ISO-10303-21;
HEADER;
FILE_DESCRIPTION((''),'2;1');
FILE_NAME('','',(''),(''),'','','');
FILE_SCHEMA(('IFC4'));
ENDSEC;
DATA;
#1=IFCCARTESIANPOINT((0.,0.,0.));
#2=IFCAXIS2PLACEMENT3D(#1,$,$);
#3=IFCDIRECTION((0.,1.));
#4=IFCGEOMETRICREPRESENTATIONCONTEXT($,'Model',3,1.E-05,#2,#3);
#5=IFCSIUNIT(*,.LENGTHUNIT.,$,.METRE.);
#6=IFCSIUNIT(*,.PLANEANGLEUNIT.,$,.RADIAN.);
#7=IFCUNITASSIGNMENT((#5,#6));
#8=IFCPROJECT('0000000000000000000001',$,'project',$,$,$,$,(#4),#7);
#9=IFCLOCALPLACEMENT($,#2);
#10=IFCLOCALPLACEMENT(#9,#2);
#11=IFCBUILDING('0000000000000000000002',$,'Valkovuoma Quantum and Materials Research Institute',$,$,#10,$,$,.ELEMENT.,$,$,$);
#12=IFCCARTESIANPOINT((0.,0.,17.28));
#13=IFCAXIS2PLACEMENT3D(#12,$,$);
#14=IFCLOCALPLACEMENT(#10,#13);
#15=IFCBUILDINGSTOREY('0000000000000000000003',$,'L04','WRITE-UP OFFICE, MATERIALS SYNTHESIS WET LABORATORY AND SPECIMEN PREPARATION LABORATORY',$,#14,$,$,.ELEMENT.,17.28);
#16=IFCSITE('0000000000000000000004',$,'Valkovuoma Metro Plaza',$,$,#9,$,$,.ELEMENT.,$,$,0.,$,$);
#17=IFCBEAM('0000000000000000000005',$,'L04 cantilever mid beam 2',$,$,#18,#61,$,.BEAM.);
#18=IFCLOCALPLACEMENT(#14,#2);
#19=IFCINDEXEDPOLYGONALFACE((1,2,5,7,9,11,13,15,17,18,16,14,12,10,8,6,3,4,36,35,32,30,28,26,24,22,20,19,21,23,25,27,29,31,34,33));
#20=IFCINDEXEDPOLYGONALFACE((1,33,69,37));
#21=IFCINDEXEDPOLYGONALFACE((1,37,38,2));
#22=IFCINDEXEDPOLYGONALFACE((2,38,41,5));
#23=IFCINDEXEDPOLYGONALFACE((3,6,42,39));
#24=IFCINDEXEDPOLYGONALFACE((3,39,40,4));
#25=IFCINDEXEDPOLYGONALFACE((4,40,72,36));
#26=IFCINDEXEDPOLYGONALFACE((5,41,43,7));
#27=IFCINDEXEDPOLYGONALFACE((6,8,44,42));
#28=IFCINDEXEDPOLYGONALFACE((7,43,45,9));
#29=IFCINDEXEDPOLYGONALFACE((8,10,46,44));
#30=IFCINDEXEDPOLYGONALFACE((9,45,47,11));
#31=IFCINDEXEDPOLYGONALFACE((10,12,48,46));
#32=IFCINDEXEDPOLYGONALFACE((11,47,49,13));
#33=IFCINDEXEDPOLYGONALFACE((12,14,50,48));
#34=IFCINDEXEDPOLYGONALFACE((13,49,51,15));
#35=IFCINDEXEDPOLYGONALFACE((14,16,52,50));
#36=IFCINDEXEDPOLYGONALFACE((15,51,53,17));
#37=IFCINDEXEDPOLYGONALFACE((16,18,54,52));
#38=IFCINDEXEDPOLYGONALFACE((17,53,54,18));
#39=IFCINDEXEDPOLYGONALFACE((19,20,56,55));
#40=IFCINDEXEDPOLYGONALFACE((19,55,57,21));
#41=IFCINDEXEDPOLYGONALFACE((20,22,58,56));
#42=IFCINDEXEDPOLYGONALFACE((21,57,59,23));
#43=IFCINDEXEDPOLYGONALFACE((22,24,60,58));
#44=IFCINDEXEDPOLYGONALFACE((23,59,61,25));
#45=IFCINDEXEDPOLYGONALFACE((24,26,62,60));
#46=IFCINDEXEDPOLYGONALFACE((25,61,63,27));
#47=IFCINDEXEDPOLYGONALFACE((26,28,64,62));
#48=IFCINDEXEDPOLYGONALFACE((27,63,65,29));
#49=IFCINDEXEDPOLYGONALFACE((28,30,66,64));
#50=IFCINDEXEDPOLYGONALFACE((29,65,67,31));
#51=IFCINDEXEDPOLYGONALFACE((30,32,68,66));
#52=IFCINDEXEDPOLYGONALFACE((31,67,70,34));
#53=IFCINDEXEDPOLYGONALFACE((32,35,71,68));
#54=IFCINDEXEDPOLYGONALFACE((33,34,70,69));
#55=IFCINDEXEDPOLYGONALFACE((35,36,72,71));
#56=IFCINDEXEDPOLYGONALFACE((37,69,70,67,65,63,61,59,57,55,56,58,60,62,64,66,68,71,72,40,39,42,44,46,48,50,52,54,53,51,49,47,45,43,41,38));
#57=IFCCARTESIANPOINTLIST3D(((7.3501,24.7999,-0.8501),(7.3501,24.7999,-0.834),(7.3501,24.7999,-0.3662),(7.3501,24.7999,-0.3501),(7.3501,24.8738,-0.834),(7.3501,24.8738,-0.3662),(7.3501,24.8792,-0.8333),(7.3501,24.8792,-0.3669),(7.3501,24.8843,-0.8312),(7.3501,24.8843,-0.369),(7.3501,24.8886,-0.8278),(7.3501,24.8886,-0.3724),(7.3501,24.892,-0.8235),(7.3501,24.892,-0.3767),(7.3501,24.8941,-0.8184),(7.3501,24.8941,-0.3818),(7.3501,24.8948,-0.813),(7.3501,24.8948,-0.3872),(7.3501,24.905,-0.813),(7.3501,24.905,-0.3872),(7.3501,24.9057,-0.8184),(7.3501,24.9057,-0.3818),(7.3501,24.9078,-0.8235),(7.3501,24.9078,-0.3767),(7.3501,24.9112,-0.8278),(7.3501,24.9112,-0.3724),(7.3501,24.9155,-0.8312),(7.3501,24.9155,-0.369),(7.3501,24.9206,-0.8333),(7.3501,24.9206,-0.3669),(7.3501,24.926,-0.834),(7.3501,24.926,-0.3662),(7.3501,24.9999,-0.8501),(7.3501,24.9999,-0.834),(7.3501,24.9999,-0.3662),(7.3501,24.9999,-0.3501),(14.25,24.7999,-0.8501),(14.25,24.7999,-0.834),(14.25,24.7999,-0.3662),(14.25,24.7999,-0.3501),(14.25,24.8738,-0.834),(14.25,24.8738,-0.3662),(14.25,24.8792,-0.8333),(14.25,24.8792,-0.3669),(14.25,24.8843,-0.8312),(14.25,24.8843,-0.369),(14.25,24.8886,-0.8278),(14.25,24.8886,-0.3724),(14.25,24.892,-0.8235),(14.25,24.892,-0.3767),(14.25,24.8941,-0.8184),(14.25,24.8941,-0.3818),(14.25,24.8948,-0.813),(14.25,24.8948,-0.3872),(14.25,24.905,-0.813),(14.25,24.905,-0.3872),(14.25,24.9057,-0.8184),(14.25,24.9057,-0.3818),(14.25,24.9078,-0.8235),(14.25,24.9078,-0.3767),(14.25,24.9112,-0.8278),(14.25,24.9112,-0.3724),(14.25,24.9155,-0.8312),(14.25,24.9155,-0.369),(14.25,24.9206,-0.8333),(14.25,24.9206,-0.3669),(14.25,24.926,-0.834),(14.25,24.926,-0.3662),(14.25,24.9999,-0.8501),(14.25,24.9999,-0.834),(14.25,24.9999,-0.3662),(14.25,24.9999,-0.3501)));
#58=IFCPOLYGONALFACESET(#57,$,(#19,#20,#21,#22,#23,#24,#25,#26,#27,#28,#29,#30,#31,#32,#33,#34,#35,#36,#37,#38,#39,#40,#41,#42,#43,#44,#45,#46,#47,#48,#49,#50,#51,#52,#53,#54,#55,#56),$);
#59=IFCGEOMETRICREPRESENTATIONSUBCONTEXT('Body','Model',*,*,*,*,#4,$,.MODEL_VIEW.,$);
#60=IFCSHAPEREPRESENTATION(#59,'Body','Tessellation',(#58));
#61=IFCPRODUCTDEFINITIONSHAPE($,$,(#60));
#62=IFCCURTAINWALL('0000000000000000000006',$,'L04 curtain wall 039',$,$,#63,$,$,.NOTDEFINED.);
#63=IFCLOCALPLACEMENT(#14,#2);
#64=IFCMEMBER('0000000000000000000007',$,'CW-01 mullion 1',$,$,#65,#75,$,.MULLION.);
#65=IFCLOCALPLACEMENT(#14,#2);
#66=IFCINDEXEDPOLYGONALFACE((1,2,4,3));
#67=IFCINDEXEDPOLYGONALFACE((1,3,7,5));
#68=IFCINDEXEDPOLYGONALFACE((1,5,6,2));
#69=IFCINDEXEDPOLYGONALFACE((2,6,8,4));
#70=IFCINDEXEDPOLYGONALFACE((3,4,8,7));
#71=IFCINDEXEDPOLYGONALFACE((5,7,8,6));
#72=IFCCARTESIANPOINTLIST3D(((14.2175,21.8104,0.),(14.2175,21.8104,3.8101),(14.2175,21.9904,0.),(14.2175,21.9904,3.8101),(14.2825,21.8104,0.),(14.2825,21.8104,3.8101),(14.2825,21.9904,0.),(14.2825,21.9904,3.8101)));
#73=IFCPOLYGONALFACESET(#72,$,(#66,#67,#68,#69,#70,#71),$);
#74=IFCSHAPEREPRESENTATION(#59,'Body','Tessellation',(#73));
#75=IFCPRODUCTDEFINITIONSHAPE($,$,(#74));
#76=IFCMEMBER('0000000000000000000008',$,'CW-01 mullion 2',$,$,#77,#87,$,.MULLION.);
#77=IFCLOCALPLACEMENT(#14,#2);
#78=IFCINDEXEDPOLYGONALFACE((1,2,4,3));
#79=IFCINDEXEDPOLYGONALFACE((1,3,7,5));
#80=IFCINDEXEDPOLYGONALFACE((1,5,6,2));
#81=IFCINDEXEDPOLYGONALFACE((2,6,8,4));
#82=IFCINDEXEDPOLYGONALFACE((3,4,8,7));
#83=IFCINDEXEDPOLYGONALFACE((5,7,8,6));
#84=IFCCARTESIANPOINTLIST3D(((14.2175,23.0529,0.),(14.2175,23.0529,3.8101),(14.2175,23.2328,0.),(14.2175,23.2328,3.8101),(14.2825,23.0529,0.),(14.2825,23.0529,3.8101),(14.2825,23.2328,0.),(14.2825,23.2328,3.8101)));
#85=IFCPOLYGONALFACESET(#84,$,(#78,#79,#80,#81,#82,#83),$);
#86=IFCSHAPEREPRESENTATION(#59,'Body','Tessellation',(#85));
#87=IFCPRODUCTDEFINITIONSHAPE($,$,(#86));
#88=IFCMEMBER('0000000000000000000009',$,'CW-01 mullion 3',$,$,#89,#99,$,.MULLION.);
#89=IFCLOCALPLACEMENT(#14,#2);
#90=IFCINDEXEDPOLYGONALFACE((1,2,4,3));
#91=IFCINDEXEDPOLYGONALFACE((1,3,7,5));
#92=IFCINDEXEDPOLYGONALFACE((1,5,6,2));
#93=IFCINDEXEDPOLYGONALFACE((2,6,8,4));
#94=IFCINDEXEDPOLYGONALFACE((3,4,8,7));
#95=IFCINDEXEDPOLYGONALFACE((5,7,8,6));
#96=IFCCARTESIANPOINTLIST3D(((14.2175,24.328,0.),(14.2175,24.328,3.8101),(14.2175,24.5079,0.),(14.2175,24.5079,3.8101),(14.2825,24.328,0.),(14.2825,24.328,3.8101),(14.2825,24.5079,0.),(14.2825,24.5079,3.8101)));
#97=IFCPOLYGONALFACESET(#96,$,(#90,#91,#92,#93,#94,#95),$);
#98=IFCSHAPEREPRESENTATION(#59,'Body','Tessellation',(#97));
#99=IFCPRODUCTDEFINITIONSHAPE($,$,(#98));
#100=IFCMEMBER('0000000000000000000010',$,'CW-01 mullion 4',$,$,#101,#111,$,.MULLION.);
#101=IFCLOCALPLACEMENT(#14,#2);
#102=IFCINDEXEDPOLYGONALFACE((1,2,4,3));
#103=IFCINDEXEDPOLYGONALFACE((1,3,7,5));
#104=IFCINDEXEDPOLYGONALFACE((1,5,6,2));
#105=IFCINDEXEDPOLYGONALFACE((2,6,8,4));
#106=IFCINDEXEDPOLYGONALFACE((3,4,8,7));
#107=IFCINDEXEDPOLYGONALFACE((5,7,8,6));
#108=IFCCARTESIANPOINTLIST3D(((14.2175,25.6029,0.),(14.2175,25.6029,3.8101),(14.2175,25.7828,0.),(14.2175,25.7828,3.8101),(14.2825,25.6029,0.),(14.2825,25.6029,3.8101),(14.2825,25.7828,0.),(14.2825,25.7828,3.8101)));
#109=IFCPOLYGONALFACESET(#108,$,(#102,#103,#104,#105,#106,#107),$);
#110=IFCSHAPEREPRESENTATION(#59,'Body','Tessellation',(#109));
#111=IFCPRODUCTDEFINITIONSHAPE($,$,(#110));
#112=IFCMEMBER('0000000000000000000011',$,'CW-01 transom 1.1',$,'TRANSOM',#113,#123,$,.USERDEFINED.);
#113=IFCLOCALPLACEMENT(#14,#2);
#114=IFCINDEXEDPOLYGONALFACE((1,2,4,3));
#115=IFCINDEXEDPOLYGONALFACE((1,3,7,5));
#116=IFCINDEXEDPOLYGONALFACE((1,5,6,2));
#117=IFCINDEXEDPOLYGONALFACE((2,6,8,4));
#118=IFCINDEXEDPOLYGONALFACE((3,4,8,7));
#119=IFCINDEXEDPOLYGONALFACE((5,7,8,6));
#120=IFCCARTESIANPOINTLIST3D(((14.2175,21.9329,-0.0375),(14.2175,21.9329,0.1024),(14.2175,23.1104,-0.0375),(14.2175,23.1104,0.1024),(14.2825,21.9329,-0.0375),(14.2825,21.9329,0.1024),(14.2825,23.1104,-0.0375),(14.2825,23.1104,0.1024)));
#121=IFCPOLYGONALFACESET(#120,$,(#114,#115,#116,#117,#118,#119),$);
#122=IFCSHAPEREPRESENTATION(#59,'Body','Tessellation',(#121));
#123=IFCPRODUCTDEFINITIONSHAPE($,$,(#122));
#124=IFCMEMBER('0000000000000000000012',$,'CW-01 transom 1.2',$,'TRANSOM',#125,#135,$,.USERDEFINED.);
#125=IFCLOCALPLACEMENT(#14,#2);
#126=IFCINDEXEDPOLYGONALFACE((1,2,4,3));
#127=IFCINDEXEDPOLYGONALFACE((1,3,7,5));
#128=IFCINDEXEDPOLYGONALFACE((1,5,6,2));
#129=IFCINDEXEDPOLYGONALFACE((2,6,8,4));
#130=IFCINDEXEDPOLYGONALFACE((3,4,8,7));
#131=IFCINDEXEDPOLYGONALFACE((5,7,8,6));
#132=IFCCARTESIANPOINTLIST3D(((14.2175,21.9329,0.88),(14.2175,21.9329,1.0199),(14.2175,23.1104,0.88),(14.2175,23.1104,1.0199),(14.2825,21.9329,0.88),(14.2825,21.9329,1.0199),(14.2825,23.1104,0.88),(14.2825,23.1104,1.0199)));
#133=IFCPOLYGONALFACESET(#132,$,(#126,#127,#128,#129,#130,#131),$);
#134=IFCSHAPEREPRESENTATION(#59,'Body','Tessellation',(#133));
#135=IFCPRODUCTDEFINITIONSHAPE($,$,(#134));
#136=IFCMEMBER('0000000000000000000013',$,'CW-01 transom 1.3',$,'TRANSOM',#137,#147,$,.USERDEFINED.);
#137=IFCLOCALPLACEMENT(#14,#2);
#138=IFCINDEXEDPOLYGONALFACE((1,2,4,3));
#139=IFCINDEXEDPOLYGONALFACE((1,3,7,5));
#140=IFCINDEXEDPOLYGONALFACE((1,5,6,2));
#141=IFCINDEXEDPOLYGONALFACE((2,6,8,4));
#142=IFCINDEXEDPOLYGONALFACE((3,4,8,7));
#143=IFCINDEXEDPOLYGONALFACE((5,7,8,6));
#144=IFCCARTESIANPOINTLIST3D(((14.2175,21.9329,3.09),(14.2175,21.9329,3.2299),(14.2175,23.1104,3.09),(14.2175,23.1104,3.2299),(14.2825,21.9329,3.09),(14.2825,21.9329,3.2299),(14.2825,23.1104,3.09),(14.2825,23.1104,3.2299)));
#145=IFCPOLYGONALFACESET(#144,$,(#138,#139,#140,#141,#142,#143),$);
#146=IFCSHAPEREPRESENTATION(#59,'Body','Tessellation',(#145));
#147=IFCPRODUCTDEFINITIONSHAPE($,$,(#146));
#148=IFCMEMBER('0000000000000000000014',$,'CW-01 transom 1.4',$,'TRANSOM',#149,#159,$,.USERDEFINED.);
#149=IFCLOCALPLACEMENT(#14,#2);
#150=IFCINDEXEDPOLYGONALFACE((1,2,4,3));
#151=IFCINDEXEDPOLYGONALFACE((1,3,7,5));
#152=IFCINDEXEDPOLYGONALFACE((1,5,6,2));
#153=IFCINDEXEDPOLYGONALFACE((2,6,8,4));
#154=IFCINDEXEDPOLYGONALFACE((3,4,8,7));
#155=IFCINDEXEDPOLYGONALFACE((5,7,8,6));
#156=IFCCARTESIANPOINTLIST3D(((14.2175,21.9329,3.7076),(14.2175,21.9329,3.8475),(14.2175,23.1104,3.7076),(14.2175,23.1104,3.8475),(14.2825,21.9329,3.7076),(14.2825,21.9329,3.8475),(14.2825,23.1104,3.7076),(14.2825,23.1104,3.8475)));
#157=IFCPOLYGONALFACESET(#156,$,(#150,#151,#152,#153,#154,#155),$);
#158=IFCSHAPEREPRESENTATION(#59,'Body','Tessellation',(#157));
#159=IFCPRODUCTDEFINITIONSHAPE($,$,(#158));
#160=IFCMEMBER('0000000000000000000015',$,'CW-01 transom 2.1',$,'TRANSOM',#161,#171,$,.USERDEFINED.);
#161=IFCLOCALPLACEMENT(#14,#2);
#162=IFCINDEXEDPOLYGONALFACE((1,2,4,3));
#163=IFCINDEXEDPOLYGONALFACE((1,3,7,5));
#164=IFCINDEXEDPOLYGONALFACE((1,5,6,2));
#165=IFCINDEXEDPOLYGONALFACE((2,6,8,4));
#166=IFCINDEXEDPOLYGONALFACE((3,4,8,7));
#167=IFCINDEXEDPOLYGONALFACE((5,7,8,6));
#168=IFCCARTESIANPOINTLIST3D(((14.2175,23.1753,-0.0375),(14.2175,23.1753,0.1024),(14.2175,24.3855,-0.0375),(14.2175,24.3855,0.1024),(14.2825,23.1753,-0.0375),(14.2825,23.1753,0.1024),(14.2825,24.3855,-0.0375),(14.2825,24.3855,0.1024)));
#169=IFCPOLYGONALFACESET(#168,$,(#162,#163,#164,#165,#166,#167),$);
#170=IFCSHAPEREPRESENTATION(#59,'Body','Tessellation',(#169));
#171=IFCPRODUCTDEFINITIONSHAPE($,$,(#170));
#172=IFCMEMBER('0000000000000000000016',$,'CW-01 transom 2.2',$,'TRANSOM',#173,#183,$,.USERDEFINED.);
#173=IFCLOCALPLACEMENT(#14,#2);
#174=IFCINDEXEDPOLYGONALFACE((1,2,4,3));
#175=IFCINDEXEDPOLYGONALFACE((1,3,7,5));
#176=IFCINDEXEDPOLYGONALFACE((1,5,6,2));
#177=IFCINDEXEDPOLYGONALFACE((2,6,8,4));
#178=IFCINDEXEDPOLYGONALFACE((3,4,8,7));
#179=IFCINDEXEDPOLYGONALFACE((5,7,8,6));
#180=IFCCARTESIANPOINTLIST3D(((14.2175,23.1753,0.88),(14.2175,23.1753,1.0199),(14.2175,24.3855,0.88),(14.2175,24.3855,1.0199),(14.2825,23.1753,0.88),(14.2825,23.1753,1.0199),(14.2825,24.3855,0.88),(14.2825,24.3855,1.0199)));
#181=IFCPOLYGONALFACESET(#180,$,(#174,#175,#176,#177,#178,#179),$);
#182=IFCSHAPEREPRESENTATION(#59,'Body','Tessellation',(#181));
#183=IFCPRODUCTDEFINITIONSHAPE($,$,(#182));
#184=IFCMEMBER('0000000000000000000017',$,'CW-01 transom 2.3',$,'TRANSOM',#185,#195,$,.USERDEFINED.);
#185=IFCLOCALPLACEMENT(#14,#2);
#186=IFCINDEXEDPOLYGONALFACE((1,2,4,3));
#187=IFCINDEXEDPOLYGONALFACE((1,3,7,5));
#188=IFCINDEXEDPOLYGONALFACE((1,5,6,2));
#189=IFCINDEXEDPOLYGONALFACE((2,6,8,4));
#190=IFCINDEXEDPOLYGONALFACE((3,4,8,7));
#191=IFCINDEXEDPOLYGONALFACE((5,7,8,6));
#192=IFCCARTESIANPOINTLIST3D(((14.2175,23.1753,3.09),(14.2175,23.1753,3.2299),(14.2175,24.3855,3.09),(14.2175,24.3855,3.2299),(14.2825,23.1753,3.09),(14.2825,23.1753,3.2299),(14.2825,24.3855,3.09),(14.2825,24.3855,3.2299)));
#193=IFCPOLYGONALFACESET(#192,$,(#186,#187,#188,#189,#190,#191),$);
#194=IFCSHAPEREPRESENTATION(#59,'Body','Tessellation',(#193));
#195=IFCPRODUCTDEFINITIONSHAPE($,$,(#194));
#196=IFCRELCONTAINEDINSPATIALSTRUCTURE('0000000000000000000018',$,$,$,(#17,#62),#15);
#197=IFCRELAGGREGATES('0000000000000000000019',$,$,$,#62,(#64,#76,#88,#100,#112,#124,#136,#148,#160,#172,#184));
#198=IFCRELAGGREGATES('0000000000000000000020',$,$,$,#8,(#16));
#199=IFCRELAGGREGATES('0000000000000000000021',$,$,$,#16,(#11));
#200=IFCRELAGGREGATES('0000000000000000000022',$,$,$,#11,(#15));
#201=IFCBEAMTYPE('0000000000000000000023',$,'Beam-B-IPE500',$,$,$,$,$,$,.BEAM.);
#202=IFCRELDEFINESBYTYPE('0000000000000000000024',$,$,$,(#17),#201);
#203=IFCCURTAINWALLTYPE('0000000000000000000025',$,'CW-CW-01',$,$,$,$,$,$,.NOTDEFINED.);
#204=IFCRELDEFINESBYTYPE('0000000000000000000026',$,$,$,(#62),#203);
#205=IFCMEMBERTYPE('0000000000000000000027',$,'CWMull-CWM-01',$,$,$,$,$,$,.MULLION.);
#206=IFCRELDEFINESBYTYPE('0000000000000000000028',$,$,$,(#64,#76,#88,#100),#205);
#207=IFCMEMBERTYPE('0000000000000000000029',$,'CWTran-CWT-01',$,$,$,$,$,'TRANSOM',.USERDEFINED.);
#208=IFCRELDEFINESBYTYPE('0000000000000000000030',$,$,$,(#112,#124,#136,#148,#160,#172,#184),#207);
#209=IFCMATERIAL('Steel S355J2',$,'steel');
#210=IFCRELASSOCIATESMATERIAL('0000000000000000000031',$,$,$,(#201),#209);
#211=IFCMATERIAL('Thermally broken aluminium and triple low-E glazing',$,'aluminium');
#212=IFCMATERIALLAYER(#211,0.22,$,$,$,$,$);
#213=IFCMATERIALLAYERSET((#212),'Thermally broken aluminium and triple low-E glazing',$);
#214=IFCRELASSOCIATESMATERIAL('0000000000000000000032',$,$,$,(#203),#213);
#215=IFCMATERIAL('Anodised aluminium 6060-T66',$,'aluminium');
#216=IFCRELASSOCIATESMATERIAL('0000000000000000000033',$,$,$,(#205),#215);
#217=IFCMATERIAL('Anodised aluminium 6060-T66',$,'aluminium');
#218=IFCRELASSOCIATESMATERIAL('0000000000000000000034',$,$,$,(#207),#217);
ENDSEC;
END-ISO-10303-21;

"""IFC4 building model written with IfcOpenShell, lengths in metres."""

from ifc_helpers import new_model, si_unit, direction, frame, origin, origin_2d, place, context, subcontext, project, spatial, rectangle, i_section, extrude, material, layer, layer_set, material_profile, profile_set, type_object, element, aggregate, save


model = new_model("IFC4")

# Units and contexts
model_context = context("Model", 3, precision=1e-05, world=origin(), true_north=direction((0.0, 1.0)))
body_context = subcontext(model_context, "Body", "Model", "MODEL_VIEW")
ifc_project = project(units=[si_unit("LENGTHUNIT", "METRE"), si_unit("PLANEANGLEUNIT", "RADIAN")], contexts=[model_context])

# Site, building, storey
site_placement = place(None, origin())
site = spatial("IfcSite", under=ifc_project, at=site_placement, Name="Valkovuoma Metro Plaza", CompositionType="ELEMENT", RefElevation=0.0)
building_placement = place(site_placement, origin())
building = spatial("IfcBuilding", under=site, at=building_placement, Name="Valkovuoma Quantum and Materials Research Institute", CompositionType="ELEMENT")
storey_placement = place(building_placement, frame((0.0, 0.0, 17.28)))
storey = spatial("IfcBuildingStorey", under=building, at=storey_placement, Name="L04", Description="WRITE-UP OFFICE, MATERIALS SYNTHESIS WET LABORATORY AND SPECIMEN PREPARATION LABORATORY", CompositionType="ELEMENT", Elevation=17.28)

# Beam
ifc_material_1 = material(Name="Steel S355J2", Category="steel")
ifc_material_profile_1 = material_profile(ifc_material_1, i_section(OverallWidth=0.2, OverallDepth=0.5, WebThickness=0.0103, FlangeThickness=0.0161, FilletRadius=0.021, at=origin_2d()), Name="Steel S355J2")
ifc_profile_set_1 = profile_set([ifc_material_profile_1], Name="Steel S355J2")
beam_type = type_object("IfcBeamType", Name="Beam-B-IPE500", PredefinedType="BEAM", material=ifc_profile_set_1)
beam_placement = place(storey_placement, frame((7.3501, 24.8999, -0.6001), z_axis=(1.0, 0.0, 0.0), x_axis=(0.0, 1.0, 0.0)))
element("IfcBeam", 1, at=beam_placement, inside=storey, type_object=beam_type, Name="L04 cantilever mid beam 2", PredefinedType="BEAM", context=body_context, shape_type="SweptSolid", body=[
    extrude(i_section(OverallWidth=0.2, OverallDepth=0.5, WebThickness=0.0103, FlangeThickness=0.0161, FilletRadius=0.021, at=origin_2d()), origin(), (0.0, 0.0, 1.0), 6.8999),
])

# Curtain wall, members
ifc_material_2 = material(Name="Thermally broken aluminium and triple low-E glazing", Category="aluminium")
ifc_layer_1 = layer(ifc_material_2, 0.22)
ifc_layer_set_1 = layer_set([ifc_layer_1], Name="Thermally broken aluminium and triple low-E glazing")
curtain_wall_type = type_object("IfcCurtainWallType", Name="CW-CW-01", PredefinedType="NOTDEFINED", material=ifc_layer_set_1)
curtain_wall_placement = place(storey_placement, origin())
curtain_wall = element("IfcCurtainWall", 2, at=curtain_wall_placement, inside=storey, type_object=curtain_wall_type, Name="L04 curtain wall 039", PredefinedType="NOTDEFINED")
ifc_material_3 = material(Name="Anodised aluminium 6060-T66", Category="aluminium")
ifc_material_profile_2 = material_profile(ifc_material_3, rectangle(XDim=0.0649, YDim=0.1799, at=origin_2d()), Name="Anodised aluminium 6060-T66")
ifc_profile_set_2 = profile_set([ifc_material_profile_2], Name="Anodised aluminium 6060-T66")
member_type_1 = type_object("IfcMemberType", Name="CWMull-CWM-01", PredefinedType="MULLION", material=ifc_profile_set_2)
member_1_placement = place(storey_placement, frame((14.25, 21.9004, 0.0), z_axis=(0.0, 0.0, 1.0), x_axis=(-1.0, 0.0, 0.0)))
member_1 = element("IfcMember", 3, at=member_1_placement, type_object=member_type_1, Name="CW-01 mullion 1", PredefinedType="MULLION", context=body_context, shape_type="SweptSolid", body=[
    extrude(rectangle(XDim=0.0649, YDim=0.1799, at=origin_2d()), origin(), (0.0, 0.0, 1.0), 3.8101),
])
member_2_placement = place(storey_placement, frame((14.25, 23.1428, 0.0), z_axis=(0.0, 0.0, 1.0), x_axis=(-1.0, 0.0, 0.0)))
member_2 = element("IfcMember", 4, at=member_2_placement, type_object=member_type_1, Name="CW-01 mullion 2", PredefinedType="MULLION", context=body_context, shape_type="SweptSolid", body=[
    extrude(rectangle(XDim=0.0649, YDim=0.1799, at=origin_2d()), origin(), (0.0, 0.0, 1.0), 3.8101),
])
member_3_placement = place(storey_placement, frame((14.25, 24.418, 0.0), z_axis=(0.0, 0.0, 1.0), x_axis=(-1.0, 0.0, 0.0)))
member_3 = element("IfcMember", 5, at=member_3_placement, type_object=member_type_1, Name="CW-01 mullion 3", PredefinedType="MULLION", context=body_context, shape_type="SweptSolid", body=[
    extrude(rectangle(XDim=0.0649, YDim=0.1799, at=origin_2d()), origin(), (0.0, 0.0, 1.0), 3.8101),
])
member_4_placement = place(storey_placement, frame((14.25, 25.6929, 0.0), z_axis=(0.0, 0.0, 1.0), x_axis=(-1.0, 0.0, 0.0)))
member_4 = element("IfcMember", 6, at=member_4_placement, type_object=member_type_1, Name="CW-01 mullion 4", PredefinedType="MULLION", context=body_context, shape_type="SweptSolid", body=[
    extrude(rectangle(XDim=0.0649, YDim=0.1799, at=origin_2d()), origin(), (0.0, 0.0, 1.0), 3.8101),
])
ifc_material_4 = material(Name="Anodised aluminium 6060-T66", Category="aluminium")
ifc_material_profile_3 = material_profile(ifc_material_4, rectangle(XDim=0.0649, YDim=0.1399, at=origin_2d()), Name="Anodised aluminium 6060-T66")
ifc_profile_set_3 = profile_set([ifc_material_profile_3], Name="Anodised aluminium 6060-T66")
member_type_2 = type_object("IfcMemberType", Name="CWTran-CWT-01", ElementType="TRANSOM", PredefinedType="USERDEFINED", material=ifc_profile_set_3)
member_5_placement = place(storey_placement, frame((14.25, 21.9329, 0.0325), z_axis=(0.0, 1.0, 0.0), x_axis=(-1.0, 0.0, 0.0)))
member_5 = element("IfcMember", 7, at=member_5_placement, type_object=member_type_2, Name="CW-01 transom 1.1", ObjectType="TRANSOM", PredefinedType="USERDEFINED", context=body_context, shape_type="SweptSolid", body=[
    extrude(rectangle(XDim=0.0649, YDim=0.1399, at=origin_2d()), origin(), (0.0, 0.0, 1.0), 1.1775),
])
member_6_placement = place(storey_placement, frame((14.25, 21.9329, 0.95), z_axis=(0.0, 1.0, 0.0), x_axis=(-1.0, 0.0, 0.0)))
member_6 = element("IfcMember", 8, at=member_6_placement, type_object=member_type_2, Name="CW-01 transom 1.2", ObjectType="TRANSOM", PredefinedType="USERDEFINED", context=body_context, shape_type="SweptSolid", body=[
    extrude(rectangle(XDim=0.0649, YDim=0.1399, at=origin_2d()), origin(), (0.0, 0.0, 1.0), 1.1775),
])
member_7_placement = place(storey_placement, frame((14.25, 21.9329, 3.1599), z_axis=(0.0, 1.0, 0.0), x_axis=(-1.0, 0.0, 0.0)))
member_7 = element("IfcMember", 9, at=member_7_placement, type_object=member_type_2, Name="CW-01 transom 1.3", ObjectType="TRANSOM", PredefinedType="USERDEFINED", context=body_context, shape_type="SweptSolid", body=[
    extrude(rectangle(XDim=0.0649, YDim=0.1399, at=origin_2d()), origin(), (0.0, 0.0, 1.0), 1.1775),
])
member_8_placement = place(storey_placement, frame((14.25, 21.9329, 3.7776), z_axis=(0.0, 1.0, 0.0), x_axis=(-1.0, 0.0, 0.0)))
member_8 = element("IfcMember", 10, at=member_8_placement, type_object=member_type_2, Name="CW-01 transom 1.4", ObjectType="TRANSOM", PredefinedType="USERDEFINED", context=body_context, shape_type="SweptSolid", body=[
    extrude(rectangle(XDim=0.0649, YDim=0.1399, at=origin_2d()), origin(), (0.0, 0.0, 1.0), 1.1775),
])
member_9_placement = place(storey_placement, frame((14.25, 23.1753, 0.0325), z_axis=(0.0, 1.0, 0.0), x_axis=(-1.0, 0.0, 0.0)))
member_9 = element("IfcMember", 11, at=member_9_placement, type_object=member_type_2, Name="CW-01 transom 2.1", ObjectType="TRANSOM", PredefinedType="USERDEFINED", context=body_context, shape_type="SweptSolid", body=[
    extrude(rectangle(XDim=0.0649, YDim=0.1399, at=origin_2d()), origin(), (0.0, 0.0, 1.0), 1.2102),
])
member_10_placement = place(storey_placement, frame((14.25, 23.1753, 0.95), z_axis=(0.0, 1.0, 0.0), x_axis=(-1.0, 0.0, 0.0)))
member_10 = element("IfcMember", 12, at=member_10_placement, type_object=member_type_2, Name="CW-01 transom 2.2", ObjectType="TRANSOM", PredefinedType="USERDEFINED", context=body_context, shape_type="SweptSolid", body=[
    extrude(rectangle(XDim=0.0649, YDim=0.1399, at=origin_2d()), origin(), (0.0, 0.0, 1.0), 1.2102),
])
member_11_placement = place(storey_placement, frame((14.25, 23.1753, 3.1599), z_axis=(0.0, 1.0, 0.0), x_axis=(-1.0, 0.0, 0.0)))
member_11 = element("IfcMember", 13, at=member_11_placement, type_object=member_type_2, Name="CW-01 transom 2.3", ObjectType="TRANSOM", PredefinedType="USERDEFINED", context=body_context, shape_type="SweptSolid", body=[
    extrude(rectangle(XDim=0.0649, YDim=0.1399, at=origin_2d()), origin(), (0.0, 0.0, 1.0), 1.2102),
])
aggregate(curtain_wall, [member_1, member_2, member_3, member_4, member_5, member_6, member_7, member_8, member_9, member_10, member_11])

save(model, "model.ifc")
